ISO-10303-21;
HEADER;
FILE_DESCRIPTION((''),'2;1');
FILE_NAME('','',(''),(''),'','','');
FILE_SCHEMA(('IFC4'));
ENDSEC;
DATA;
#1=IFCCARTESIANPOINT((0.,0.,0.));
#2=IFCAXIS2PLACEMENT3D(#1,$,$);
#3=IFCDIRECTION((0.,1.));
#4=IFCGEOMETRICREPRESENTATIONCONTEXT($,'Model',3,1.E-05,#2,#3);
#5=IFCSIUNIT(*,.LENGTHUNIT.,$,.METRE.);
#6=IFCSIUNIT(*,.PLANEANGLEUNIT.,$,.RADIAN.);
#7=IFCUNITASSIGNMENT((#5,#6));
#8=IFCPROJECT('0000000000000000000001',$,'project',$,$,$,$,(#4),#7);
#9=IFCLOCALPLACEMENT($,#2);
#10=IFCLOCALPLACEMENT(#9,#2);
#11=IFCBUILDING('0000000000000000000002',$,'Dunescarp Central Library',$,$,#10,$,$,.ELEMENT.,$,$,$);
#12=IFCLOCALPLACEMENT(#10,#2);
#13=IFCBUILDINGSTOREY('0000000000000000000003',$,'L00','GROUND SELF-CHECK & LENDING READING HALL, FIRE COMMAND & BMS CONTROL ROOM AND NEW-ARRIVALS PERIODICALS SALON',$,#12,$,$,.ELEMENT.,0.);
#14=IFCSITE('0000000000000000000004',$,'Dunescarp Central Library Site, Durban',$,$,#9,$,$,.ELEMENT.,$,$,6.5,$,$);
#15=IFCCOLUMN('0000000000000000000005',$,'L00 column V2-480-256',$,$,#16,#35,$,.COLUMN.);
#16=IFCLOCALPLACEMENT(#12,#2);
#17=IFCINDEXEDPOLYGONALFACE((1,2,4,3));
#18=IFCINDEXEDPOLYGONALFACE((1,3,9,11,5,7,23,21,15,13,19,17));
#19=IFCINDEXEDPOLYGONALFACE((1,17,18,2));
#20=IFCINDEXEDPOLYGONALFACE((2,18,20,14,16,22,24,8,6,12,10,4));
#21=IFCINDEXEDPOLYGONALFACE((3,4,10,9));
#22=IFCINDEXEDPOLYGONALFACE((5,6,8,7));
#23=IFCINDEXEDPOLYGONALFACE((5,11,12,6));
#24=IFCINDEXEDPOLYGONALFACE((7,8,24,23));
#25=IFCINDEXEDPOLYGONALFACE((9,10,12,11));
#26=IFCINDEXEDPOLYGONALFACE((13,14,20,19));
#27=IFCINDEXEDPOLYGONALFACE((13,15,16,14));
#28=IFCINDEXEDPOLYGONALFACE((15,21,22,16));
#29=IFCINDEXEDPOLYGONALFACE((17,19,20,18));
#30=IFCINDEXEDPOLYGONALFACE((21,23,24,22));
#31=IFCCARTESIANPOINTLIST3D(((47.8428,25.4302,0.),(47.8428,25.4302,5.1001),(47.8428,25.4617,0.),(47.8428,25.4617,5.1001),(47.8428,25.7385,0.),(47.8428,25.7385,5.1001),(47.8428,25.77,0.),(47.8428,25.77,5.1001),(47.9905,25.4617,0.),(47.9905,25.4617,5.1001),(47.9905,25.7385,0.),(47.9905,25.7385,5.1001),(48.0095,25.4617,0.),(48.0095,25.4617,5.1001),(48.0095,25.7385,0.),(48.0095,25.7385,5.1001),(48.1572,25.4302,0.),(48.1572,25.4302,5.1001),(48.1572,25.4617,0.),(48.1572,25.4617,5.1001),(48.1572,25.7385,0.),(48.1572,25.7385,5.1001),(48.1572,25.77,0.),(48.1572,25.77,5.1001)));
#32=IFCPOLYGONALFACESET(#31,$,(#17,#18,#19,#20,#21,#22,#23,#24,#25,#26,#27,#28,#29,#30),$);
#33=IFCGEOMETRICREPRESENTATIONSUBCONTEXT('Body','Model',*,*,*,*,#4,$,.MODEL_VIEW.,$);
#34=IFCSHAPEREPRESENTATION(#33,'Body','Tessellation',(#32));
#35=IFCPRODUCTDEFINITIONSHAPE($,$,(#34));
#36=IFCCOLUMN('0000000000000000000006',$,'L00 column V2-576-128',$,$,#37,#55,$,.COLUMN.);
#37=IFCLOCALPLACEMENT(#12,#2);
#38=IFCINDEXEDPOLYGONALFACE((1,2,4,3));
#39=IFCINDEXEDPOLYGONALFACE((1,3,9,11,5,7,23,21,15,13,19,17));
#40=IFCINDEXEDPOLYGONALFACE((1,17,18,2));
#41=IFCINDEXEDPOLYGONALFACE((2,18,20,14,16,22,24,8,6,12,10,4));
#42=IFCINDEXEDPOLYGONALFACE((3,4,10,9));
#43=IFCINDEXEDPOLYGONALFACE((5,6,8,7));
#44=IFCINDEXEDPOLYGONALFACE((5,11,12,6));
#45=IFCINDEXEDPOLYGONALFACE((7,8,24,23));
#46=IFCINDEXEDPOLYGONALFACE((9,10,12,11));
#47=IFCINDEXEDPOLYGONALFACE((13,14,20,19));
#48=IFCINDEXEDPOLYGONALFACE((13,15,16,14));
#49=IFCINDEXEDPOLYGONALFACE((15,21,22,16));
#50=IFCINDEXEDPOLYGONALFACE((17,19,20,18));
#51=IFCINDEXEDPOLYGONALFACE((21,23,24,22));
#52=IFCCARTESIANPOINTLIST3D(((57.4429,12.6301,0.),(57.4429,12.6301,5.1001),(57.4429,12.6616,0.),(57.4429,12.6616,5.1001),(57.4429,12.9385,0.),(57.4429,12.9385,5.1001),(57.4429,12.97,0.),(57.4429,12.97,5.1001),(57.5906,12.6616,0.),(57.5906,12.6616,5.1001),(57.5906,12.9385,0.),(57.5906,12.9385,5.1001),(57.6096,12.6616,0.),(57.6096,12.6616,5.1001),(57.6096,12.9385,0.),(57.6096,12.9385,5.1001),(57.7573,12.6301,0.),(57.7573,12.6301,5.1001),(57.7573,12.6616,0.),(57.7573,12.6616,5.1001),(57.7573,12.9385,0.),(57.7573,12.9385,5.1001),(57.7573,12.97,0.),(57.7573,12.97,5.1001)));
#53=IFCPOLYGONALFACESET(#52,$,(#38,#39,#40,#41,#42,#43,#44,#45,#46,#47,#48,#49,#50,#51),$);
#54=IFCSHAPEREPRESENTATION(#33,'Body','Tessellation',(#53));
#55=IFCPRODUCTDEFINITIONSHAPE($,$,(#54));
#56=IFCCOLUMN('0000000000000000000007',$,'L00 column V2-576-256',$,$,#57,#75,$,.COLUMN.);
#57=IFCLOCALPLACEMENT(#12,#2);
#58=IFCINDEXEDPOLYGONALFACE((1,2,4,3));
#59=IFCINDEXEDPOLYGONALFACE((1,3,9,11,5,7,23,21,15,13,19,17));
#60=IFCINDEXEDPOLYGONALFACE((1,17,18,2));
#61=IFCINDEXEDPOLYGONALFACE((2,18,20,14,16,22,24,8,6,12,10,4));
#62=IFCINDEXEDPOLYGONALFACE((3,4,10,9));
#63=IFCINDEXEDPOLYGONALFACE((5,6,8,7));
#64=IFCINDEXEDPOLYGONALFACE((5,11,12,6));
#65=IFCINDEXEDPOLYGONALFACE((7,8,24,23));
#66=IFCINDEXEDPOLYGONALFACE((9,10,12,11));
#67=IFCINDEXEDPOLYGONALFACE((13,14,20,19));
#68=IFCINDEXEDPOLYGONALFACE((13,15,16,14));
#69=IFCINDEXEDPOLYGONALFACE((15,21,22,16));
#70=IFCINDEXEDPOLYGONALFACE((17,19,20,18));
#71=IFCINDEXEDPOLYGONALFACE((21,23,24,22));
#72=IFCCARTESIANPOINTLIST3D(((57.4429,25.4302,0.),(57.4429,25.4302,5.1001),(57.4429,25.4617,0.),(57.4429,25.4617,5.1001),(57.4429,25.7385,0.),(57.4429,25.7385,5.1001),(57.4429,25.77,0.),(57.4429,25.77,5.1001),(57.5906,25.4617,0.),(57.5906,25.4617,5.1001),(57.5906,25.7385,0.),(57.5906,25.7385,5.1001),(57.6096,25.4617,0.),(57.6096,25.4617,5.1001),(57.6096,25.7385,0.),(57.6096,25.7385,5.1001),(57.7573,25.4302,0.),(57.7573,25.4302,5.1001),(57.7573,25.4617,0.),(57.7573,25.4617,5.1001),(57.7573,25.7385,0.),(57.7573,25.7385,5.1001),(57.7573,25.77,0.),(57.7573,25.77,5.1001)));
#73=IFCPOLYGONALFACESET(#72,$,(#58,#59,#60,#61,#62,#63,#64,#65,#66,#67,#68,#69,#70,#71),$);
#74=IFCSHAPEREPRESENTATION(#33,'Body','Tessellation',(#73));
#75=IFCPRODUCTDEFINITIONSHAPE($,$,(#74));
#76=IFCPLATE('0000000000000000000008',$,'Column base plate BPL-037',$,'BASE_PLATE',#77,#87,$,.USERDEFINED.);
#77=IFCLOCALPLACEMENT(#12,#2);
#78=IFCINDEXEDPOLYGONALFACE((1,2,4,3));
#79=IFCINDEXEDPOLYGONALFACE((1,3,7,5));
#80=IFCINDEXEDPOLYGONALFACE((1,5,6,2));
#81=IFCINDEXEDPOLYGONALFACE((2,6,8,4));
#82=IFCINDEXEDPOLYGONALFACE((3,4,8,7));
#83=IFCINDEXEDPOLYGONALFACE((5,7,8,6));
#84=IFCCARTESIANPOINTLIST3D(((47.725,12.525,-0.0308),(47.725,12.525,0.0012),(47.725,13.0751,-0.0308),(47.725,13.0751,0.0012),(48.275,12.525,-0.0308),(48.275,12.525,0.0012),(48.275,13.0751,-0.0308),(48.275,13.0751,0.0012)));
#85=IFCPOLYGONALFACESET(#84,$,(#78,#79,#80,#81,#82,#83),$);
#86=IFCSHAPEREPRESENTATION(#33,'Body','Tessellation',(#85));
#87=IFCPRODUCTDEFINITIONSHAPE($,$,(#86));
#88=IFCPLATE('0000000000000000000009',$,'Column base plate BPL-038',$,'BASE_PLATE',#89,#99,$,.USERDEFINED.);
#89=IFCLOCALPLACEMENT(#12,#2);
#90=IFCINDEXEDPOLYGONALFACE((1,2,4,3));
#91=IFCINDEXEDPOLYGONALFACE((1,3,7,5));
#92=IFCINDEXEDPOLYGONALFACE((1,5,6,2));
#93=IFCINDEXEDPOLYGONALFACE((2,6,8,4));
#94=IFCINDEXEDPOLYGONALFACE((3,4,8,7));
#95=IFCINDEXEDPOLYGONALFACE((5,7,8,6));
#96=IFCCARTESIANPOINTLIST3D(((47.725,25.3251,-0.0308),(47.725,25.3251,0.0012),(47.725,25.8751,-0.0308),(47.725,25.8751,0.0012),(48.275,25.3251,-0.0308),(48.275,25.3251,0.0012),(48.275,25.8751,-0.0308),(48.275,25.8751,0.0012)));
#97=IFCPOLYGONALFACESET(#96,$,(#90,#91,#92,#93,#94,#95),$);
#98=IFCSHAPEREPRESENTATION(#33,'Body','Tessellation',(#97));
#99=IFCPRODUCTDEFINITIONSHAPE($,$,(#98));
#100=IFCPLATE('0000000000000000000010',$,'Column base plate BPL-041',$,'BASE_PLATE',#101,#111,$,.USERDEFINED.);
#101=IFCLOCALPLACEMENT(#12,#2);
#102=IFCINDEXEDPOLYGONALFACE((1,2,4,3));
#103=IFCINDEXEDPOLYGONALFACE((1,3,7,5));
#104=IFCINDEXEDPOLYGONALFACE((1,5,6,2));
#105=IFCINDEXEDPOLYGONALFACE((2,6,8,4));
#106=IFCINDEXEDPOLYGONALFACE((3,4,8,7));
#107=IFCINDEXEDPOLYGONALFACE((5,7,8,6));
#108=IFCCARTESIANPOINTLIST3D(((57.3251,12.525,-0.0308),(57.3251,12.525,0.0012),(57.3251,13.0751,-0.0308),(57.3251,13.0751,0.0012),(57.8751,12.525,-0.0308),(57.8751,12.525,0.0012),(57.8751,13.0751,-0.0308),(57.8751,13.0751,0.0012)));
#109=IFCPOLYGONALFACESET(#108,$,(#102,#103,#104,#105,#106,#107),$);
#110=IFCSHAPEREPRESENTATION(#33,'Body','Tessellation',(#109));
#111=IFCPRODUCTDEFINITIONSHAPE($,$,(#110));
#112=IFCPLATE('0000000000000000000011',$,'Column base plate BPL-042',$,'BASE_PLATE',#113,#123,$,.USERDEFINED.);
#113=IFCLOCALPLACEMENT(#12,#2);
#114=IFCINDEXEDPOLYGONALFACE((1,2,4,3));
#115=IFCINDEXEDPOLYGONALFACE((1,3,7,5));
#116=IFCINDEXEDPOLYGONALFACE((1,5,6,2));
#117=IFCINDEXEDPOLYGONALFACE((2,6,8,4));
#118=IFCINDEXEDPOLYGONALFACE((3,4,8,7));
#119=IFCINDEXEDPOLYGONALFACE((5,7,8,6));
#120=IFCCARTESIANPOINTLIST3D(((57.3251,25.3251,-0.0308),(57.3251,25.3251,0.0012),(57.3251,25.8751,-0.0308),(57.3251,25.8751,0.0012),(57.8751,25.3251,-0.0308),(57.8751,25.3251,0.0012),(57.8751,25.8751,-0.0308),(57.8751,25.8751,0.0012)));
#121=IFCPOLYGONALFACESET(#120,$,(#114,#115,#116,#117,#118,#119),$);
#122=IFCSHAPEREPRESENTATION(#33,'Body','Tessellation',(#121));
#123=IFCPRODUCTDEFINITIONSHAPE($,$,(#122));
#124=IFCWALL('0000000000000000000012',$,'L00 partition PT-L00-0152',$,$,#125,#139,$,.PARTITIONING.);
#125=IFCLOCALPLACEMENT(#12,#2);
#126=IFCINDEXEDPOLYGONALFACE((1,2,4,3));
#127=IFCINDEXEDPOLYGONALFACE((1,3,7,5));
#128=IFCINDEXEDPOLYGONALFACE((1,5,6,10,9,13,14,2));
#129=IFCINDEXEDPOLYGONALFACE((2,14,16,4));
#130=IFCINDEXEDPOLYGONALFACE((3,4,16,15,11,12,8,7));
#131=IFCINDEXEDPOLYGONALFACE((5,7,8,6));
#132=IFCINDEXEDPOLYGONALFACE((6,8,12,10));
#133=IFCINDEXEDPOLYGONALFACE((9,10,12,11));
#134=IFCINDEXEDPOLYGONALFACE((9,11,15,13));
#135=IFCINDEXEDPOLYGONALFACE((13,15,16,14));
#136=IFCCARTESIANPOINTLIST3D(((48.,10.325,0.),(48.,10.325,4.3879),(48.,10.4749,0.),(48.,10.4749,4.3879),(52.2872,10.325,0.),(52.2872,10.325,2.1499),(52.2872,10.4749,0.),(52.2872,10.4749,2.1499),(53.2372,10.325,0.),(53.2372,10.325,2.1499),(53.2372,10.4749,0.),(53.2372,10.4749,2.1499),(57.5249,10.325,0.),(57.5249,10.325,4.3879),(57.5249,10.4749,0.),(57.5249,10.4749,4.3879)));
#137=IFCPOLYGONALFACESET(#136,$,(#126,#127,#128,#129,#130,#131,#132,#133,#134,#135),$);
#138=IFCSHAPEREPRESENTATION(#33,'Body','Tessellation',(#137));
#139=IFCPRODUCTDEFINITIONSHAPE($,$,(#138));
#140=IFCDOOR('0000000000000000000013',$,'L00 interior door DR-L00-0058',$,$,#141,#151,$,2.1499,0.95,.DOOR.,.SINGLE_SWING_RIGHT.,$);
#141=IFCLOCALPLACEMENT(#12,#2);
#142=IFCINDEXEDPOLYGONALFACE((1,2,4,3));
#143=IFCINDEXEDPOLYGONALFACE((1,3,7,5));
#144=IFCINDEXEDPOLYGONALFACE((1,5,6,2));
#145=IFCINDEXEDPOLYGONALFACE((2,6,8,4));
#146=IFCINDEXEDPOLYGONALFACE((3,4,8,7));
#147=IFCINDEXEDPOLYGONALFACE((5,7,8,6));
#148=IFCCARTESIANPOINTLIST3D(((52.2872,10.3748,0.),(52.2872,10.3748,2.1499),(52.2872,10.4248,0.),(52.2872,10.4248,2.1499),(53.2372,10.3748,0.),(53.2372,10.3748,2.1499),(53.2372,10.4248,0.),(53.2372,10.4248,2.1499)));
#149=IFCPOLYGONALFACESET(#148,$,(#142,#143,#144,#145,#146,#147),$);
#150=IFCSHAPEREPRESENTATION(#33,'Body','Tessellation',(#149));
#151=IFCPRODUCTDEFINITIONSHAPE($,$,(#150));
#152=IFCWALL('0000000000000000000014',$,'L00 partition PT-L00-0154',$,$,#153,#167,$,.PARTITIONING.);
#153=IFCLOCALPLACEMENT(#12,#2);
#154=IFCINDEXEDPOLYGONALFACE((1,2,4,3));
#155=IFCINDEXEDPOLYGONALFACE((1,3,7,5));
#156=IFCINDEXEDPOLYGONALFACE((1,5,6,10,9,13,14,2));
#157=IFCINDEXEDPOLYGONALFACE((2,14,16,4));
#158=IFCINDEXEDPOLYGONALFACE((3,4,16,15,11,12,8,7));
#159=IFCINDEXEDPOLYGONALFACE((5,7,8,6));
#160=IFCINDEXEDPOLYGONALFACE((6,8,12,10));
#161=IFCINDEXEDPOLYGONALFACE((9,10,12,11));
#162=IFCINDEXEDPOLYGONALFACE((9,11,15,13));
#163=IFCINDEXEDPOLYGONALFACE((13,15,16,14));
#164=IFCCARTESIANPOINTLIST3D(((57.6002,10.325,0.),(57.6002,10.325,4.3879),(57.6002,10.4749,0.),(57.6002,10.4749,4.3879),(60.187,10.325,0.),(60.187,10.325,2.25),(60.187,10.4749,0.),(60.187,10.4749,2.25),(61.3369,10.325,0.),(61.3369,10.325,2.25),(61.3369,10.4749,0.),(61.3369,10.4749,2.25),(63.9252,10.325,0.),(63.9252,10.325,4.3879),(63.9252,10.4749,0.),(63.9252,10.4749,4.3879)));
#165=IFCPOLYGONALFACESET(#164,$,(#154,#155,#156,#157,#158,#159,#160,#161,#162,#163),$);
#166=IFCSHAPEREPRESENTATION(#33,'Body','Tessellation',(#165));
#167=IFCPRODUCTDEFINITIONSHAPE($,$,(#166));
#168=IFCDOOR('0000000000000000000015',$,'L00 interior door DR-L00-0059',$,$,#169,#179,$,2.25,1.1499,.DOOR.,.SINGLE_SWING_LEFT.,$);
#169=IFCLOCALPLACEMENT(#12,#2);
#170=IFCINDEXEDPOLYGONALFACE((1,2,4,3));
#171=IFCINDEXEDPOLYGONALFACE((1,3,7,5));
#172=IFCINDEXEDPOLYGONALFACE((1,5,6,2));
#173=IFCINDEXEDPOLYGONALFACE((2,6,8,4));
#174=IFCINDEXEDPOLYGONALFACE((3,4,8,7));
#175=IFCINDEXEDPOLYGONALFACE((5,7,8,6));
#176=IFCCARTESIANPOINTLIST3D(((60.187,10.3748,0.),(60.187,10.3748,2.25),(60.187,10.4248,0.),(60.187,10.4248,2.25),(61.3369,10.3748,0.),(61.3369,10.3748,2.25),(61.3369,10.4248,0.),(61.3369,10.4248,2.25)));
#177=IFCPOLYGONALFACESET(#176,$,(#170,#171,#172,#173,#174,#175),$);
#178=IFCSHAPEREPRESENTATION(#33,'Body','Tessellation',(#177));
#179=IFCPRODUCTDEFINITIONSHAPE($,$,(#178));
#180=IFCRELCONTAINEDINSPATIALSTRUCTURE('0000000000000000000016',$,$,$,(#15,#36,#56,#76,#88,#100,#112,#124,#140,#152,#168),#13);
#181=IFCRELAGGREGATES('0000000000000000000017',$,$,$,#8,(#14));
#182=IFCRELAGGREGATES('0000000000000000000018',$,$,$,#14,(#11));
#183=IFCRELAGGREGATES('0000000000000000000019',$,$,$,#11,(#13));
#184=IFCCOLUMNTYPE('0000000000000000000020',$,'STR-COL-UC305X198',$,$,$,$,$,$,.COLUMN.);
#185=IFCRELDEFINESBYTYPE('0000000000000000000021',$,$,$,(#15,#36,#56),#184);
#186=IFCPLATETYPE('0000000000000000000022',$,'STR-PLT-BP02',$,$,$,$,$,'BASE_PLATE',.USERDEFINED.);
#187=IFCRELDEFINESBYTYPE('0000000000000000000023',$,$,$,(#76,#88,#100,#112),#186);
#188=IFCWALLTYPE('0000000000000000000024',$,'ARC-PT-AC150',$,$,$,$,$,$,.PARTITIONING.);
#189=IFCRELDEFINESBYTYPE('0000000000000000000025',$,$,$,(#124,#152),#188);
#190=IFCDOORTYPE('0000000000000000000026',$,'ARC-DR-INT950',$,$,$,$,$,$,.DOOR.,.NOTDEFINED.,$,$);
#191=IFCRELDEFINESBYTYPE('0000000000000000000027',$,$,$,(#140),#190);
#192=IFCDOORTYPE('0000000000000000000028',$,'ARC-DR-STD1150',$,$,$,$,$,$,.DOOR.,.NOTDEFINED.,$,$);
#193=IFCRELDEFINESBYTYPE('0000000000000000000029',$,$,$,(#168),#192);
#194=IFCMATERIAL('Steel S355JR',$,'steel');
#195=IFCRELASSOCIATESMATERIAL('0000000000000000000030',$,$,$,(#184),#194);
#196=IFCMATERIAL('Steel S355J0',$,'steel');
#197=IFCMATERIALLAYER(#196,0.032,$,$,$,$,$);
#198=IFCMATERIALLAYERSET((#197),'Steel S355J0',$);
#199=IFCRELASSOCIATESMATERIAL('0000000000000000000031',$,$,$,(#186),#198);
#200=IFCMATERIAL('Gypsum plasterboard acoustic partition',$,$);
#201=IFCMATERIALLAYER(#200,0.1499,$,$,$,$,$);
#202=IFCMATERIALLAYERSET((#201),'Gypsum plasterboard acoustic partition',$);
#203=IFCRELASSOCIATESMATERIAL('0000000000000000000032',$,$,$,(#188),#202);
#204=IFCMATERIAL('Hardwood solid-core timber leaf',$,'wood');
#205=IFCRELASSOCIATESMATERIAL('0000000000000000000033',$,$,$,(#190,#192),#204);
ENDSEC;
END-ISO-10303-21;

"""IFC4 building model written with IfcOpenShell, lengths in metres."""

from ifc_helpers import new_model, si_unit, direction, frame, frame_2d, origin, origin_2d, place, context, subcontext, project, spatial, rectangle, i_section, extrude, material, layer, layer_set, material_profile, profile_set, type_object, element, fill, save


model = new_model("IFC4")

# Units and contexts
model_context = context("Model", 3, precision=1e-05, world=origin(), true_north=direction((0.0, 1.0)))
body_context = subcontext(model_context, "Body", "Model", "MODEL_VIEW")
ifc_project = project(units=[si_unit("LENGTHUNIT", "METRE"), si_unit("PLANEANGLEUNIT", "RADIAN")], contexts=[model_context])

# Site, building, storey
site_placement = place(None, origin())
site = spatial("IfcSite", under=ifc_project, at=site_placement, Name="Dunescarp Central Library Site, Durban", CompositionType="ELEMENT", RefElevation=6.5)
building_placement = place(site_placement, origin())
building = spatial("IfcBuilding", under=site, at=building_placement, Name="Dunescarp Central Library", CompositionType="ELEMENT")
storey_placement = place(building_placement, origin())
storey = spatial("IfcBuildingStorey", under=building, at=storey_placement, Name="L00", Description="GROUND SELF-CHECK & LENDING READING HALL, FIRE COMMAND & BMS CONTROL ROOM AND NEW-ARRIVALS PERIODICALS SALON", CompositionType="ELEMENT", Elevation=0.0)

# Columns
ifc_material_1 = material(Name="Steel S355JR", Category="steel")
ifc_material_profile_1 = material_profile(ifc_material_1, i_section(OverallWidth=0.3145, OverallDepth=0.3398, WebThickness=0.019, FlangeThickness=0.0315, at=origin_2d()), Name="UC 305x305x198")
ifc_profile_set_1 = profile_set([ifc_material_profile_1], Name="Steel S355JR")
column_type = type_object("IfcColumnType", Name="STR-COL-UC305X198", PredefinedType="COLUMN", material=ifc_profile_set_1)
for number, where, z_axis, x_axis, name in (
    (1, (48.0, 25.6001, 0.0), (0.0, 0.0, 1.0), (1.0, 0.0, 0.0), "L00 column V2-480-256"),
    (2, (57.6001, 12.8, 0.0), (0.0, 0.0, 1.0), (1.0, 0.0, 0.0), "L00 column V2-576-128"),
    (3, (57.6001, 25.6001, 0.0), (0.0, 0.0, 1.0), (1.0, 0.0, 0.0), "L00 column V2-576-256"),
):
    element("IfcColumn", number, at=place(storey_placement, frame(where, z_axis=z_axis, x_axis=x_axis)), inside=storey, type_object=column_type, Name=name, PredefinedType="COLUMN", context=body_context, shape_type="SweptSolid", body=[
        extrude(i_section(OverallWidth=0.3145, OverallDepth=0.3398, WebThickness=0.019, FlangeThickness=0.0315, at=origin_2d()), origin(), (0.0, 0.0, 1.0), 5.1001),
    ])

# Plates
ifc_material_2 = material(Name="Steel S355J0", Category="steel")
ifc_layer_1 = layer(ifc_material_2, 0.032)
ifc_layer_set_1 = layer_set([ifc_layer_1], Name="Steel S355J0")
plate_type = type_object("IfcPlateType", Name="STR-PLT-BP02", ElementType="BASE_PLATE", PredefinedType="USERDEFINED", material=ifc_layer_set_1)
for number, where, z_axis, x_axis, name in (
    (4, (48.0, 12.8, -0.0308), (0.0, 0.0, 1.0), (1.0, 0.0, 0.0), "Column base plate BPL-037"),
    (5, (48.0, 25.6001, -0.0308), (0.0, 0.0, 1.0), (1.0, 0.0, 0.0), "Column base plate BPL-038"),
    (6, (57.6001, 12.8, -0.0308), (0.0, 0.0, 1.0), (1.0, 0.0, 0.0), "Column base plate BPL-041"),
    (7, (57.6001, 25.6001, -0.0308), (0.0, 0.0, 1.0), (1.0, 0.0, 0.0), "Column base plate BPL-042"),
):
    element("IfcPlate", number, at=place(storey_placement, frame(where, z_axis=z_axis, x_axis=x_axis)), inside=storey, type_object=plate_type, Name=name, ObjectType="BASE_PLATE", PredefinedType="USERDEFINED", context=body_context, shape_type="SweptSolid", body=[
        extrude(rectangle(XDim=0.55, YDim=0.55, at=origin_2d()), origin(), (0.0, 0.0, 1.0), 0.032),
    ])

# Walls, openings, doors
ifc_material_3 = material(Name="Gypsum plasterboard acoustic partition")
ifc_layer_2 = layer(ifc_material_3, 0.1499)
ifc_layer_set_2 = layer_set([ifc_layer_2], Name="Gypsum plasterboard acoustic partition")
wall_type = type_object("IfcWallType", Name="ARC-PT-AC150", PredefinedType="PARTITIONING", material=ifc_layer_set_2)
wall_1_placement = place(storey_placement, frame((48.0, 10.3999, 0.0), z_axis=(0.0, 0.0, 1.0), x_axis=(1.0, 0.0, 0.0)))
wall_1 = element("IfcWall", 8, at=wall_1_placement, inside=storey, type_object=wall_type, Name="L00 partition PT-L00-0152", PredefinedType="PARTITIONING", context=body_context, shape_type="SweptSolid", body=[
    extrude(rectangle(XDim=9.5249, YDim=0.1499, at=frame_2d((4.7625, 0.0))), origin(), (0.0, 0.0, 1.0), 4.3879),
])
opening_1_placement = place(wall_1_placement, frame((4.2871, 0.0, 0.0)))
opening_1 = element("IfcOpeningElement", 9, at=opening_1_placement, cuts=wall_1, PredefinedType="OPENING", context=body_context, shape_type="SweptSolid", body=[
    extrude(rectangle(XDim=0.95, YDim=2.1499, at=frame_2d((0.4751, 1.075))), frame((0.0, 0.085, 0.0), z_axis=(0.0, -1.0, 0.0), x_axis=(1.0, 0.0, 0.0)), (0.0, 0.0, 1.0), 0.1699),
])
ifc_material_4 = material(Name="Hardwood solid-core timber leaf", Category="wood")
door_type_1 = type_object("IfcDoorType", Name="ARC-DR-INT950", OperationType="NOTDEFINED", PredefinedType="DOOR", material=ifc_material_4)
door_1_placement = place(opening_1_placement, origin())
door_1 = element("IfcDoor", 10, at=door_1_placement, inside=storey, type_object=door_type_1, Name="L00 interior door DR-L00-0058", OperationType="SINGLE_SWING_RIGHT", OverallHeight=2.1499, OverallWidth=0.95, PredefinedType="DOOR", context=body_context, shape_type="SweptSolid", body=[
    extrude(rectangle(XDim=0.95, YDim=2.1499, at=frame_2d((0.4751, 1.075))), frame((0.0, 0.0249, 0.0), z_axis=(0.0, -1.0, 0.0), x_axis=(1.0, 0.0, 0.0)), (0.0, 0.0, 1.0), 0.05),
])
fill(opening_1, door_1)
wall_2_placement = place(storey_placement, frame((57.6001, 10.3999, 0.0), z_axis=(0.0, 0.0, 1.0), x_axis=(1.0, 0.0, 0.0)))
wall_2 = element("IfcWall", 11, at=wall_2_placement, inside=storey, type_object=wall_type, Name="L00 partition PT-L00-0154", PredefinedType="PARTITIONING", context=body_context, shape_type="SweptSolid", body=[
    extrude(rectangle(XDim=6.325, YDim=0.1499, at=frame_2d((3.1626, 0.0))), origin(), (0.0, 0.0, 1.0), 4.3879),
])
opening_2_placement = place(wall_2_placement, frame((2.5869, 0.0, 0.0)))
opening_2 = element("IfcOpeningElement", 12, at=opening_2_placement, cuts=wall_2, PredefinedType="OPENING", context=body_context, shape_type="SweptSolid", body=[
    extrude(rectangle(XDim=1.1499, YDim=2.25, at=frame_2d((0.575, 1.125))), frame((0.0, 0.085, 0.0), z_axis=(0.0, -1.0, 0.0), x_axis=(1.0, 0.0, 0.0)), (0.0, 0.0, 1.0), 0.1699),
])
door_type_2 = type_object("IfcDoorType", Name="ARC-DR-STD1150", OperationType="NOTDEFINED", PredefinedType="DOOR", material=ifc_material_4)
door_2_placement = place(opening_2_placement, origin())
door_2 = element("IfcDoor", 13, at=door_2_placement, inside=storey, type_object=door_type_2, Name="L00 interior door DR-L00-0059", OperationType="SINGLE_SWING_LEFT", OverallHeight=2.25, OverallWidth=1.1499, PredefinedType="DOOR", context=body_context, shape_type="SweptSolid", body=[
    extrude(rectangle(XDim=1.1499, YDim=2.25, at=frame_2d((0.575, 1.125))), frame((0.0, 0.0249, 0.0), z_axis=(0.0, -1.0, 0.0), x_axis=(1.0, 0.0, 0.0)), (0.0, 0.0, 1.0), 0.05),
])
fill(opening_2, door_2)

save(model, "model.ifc")
